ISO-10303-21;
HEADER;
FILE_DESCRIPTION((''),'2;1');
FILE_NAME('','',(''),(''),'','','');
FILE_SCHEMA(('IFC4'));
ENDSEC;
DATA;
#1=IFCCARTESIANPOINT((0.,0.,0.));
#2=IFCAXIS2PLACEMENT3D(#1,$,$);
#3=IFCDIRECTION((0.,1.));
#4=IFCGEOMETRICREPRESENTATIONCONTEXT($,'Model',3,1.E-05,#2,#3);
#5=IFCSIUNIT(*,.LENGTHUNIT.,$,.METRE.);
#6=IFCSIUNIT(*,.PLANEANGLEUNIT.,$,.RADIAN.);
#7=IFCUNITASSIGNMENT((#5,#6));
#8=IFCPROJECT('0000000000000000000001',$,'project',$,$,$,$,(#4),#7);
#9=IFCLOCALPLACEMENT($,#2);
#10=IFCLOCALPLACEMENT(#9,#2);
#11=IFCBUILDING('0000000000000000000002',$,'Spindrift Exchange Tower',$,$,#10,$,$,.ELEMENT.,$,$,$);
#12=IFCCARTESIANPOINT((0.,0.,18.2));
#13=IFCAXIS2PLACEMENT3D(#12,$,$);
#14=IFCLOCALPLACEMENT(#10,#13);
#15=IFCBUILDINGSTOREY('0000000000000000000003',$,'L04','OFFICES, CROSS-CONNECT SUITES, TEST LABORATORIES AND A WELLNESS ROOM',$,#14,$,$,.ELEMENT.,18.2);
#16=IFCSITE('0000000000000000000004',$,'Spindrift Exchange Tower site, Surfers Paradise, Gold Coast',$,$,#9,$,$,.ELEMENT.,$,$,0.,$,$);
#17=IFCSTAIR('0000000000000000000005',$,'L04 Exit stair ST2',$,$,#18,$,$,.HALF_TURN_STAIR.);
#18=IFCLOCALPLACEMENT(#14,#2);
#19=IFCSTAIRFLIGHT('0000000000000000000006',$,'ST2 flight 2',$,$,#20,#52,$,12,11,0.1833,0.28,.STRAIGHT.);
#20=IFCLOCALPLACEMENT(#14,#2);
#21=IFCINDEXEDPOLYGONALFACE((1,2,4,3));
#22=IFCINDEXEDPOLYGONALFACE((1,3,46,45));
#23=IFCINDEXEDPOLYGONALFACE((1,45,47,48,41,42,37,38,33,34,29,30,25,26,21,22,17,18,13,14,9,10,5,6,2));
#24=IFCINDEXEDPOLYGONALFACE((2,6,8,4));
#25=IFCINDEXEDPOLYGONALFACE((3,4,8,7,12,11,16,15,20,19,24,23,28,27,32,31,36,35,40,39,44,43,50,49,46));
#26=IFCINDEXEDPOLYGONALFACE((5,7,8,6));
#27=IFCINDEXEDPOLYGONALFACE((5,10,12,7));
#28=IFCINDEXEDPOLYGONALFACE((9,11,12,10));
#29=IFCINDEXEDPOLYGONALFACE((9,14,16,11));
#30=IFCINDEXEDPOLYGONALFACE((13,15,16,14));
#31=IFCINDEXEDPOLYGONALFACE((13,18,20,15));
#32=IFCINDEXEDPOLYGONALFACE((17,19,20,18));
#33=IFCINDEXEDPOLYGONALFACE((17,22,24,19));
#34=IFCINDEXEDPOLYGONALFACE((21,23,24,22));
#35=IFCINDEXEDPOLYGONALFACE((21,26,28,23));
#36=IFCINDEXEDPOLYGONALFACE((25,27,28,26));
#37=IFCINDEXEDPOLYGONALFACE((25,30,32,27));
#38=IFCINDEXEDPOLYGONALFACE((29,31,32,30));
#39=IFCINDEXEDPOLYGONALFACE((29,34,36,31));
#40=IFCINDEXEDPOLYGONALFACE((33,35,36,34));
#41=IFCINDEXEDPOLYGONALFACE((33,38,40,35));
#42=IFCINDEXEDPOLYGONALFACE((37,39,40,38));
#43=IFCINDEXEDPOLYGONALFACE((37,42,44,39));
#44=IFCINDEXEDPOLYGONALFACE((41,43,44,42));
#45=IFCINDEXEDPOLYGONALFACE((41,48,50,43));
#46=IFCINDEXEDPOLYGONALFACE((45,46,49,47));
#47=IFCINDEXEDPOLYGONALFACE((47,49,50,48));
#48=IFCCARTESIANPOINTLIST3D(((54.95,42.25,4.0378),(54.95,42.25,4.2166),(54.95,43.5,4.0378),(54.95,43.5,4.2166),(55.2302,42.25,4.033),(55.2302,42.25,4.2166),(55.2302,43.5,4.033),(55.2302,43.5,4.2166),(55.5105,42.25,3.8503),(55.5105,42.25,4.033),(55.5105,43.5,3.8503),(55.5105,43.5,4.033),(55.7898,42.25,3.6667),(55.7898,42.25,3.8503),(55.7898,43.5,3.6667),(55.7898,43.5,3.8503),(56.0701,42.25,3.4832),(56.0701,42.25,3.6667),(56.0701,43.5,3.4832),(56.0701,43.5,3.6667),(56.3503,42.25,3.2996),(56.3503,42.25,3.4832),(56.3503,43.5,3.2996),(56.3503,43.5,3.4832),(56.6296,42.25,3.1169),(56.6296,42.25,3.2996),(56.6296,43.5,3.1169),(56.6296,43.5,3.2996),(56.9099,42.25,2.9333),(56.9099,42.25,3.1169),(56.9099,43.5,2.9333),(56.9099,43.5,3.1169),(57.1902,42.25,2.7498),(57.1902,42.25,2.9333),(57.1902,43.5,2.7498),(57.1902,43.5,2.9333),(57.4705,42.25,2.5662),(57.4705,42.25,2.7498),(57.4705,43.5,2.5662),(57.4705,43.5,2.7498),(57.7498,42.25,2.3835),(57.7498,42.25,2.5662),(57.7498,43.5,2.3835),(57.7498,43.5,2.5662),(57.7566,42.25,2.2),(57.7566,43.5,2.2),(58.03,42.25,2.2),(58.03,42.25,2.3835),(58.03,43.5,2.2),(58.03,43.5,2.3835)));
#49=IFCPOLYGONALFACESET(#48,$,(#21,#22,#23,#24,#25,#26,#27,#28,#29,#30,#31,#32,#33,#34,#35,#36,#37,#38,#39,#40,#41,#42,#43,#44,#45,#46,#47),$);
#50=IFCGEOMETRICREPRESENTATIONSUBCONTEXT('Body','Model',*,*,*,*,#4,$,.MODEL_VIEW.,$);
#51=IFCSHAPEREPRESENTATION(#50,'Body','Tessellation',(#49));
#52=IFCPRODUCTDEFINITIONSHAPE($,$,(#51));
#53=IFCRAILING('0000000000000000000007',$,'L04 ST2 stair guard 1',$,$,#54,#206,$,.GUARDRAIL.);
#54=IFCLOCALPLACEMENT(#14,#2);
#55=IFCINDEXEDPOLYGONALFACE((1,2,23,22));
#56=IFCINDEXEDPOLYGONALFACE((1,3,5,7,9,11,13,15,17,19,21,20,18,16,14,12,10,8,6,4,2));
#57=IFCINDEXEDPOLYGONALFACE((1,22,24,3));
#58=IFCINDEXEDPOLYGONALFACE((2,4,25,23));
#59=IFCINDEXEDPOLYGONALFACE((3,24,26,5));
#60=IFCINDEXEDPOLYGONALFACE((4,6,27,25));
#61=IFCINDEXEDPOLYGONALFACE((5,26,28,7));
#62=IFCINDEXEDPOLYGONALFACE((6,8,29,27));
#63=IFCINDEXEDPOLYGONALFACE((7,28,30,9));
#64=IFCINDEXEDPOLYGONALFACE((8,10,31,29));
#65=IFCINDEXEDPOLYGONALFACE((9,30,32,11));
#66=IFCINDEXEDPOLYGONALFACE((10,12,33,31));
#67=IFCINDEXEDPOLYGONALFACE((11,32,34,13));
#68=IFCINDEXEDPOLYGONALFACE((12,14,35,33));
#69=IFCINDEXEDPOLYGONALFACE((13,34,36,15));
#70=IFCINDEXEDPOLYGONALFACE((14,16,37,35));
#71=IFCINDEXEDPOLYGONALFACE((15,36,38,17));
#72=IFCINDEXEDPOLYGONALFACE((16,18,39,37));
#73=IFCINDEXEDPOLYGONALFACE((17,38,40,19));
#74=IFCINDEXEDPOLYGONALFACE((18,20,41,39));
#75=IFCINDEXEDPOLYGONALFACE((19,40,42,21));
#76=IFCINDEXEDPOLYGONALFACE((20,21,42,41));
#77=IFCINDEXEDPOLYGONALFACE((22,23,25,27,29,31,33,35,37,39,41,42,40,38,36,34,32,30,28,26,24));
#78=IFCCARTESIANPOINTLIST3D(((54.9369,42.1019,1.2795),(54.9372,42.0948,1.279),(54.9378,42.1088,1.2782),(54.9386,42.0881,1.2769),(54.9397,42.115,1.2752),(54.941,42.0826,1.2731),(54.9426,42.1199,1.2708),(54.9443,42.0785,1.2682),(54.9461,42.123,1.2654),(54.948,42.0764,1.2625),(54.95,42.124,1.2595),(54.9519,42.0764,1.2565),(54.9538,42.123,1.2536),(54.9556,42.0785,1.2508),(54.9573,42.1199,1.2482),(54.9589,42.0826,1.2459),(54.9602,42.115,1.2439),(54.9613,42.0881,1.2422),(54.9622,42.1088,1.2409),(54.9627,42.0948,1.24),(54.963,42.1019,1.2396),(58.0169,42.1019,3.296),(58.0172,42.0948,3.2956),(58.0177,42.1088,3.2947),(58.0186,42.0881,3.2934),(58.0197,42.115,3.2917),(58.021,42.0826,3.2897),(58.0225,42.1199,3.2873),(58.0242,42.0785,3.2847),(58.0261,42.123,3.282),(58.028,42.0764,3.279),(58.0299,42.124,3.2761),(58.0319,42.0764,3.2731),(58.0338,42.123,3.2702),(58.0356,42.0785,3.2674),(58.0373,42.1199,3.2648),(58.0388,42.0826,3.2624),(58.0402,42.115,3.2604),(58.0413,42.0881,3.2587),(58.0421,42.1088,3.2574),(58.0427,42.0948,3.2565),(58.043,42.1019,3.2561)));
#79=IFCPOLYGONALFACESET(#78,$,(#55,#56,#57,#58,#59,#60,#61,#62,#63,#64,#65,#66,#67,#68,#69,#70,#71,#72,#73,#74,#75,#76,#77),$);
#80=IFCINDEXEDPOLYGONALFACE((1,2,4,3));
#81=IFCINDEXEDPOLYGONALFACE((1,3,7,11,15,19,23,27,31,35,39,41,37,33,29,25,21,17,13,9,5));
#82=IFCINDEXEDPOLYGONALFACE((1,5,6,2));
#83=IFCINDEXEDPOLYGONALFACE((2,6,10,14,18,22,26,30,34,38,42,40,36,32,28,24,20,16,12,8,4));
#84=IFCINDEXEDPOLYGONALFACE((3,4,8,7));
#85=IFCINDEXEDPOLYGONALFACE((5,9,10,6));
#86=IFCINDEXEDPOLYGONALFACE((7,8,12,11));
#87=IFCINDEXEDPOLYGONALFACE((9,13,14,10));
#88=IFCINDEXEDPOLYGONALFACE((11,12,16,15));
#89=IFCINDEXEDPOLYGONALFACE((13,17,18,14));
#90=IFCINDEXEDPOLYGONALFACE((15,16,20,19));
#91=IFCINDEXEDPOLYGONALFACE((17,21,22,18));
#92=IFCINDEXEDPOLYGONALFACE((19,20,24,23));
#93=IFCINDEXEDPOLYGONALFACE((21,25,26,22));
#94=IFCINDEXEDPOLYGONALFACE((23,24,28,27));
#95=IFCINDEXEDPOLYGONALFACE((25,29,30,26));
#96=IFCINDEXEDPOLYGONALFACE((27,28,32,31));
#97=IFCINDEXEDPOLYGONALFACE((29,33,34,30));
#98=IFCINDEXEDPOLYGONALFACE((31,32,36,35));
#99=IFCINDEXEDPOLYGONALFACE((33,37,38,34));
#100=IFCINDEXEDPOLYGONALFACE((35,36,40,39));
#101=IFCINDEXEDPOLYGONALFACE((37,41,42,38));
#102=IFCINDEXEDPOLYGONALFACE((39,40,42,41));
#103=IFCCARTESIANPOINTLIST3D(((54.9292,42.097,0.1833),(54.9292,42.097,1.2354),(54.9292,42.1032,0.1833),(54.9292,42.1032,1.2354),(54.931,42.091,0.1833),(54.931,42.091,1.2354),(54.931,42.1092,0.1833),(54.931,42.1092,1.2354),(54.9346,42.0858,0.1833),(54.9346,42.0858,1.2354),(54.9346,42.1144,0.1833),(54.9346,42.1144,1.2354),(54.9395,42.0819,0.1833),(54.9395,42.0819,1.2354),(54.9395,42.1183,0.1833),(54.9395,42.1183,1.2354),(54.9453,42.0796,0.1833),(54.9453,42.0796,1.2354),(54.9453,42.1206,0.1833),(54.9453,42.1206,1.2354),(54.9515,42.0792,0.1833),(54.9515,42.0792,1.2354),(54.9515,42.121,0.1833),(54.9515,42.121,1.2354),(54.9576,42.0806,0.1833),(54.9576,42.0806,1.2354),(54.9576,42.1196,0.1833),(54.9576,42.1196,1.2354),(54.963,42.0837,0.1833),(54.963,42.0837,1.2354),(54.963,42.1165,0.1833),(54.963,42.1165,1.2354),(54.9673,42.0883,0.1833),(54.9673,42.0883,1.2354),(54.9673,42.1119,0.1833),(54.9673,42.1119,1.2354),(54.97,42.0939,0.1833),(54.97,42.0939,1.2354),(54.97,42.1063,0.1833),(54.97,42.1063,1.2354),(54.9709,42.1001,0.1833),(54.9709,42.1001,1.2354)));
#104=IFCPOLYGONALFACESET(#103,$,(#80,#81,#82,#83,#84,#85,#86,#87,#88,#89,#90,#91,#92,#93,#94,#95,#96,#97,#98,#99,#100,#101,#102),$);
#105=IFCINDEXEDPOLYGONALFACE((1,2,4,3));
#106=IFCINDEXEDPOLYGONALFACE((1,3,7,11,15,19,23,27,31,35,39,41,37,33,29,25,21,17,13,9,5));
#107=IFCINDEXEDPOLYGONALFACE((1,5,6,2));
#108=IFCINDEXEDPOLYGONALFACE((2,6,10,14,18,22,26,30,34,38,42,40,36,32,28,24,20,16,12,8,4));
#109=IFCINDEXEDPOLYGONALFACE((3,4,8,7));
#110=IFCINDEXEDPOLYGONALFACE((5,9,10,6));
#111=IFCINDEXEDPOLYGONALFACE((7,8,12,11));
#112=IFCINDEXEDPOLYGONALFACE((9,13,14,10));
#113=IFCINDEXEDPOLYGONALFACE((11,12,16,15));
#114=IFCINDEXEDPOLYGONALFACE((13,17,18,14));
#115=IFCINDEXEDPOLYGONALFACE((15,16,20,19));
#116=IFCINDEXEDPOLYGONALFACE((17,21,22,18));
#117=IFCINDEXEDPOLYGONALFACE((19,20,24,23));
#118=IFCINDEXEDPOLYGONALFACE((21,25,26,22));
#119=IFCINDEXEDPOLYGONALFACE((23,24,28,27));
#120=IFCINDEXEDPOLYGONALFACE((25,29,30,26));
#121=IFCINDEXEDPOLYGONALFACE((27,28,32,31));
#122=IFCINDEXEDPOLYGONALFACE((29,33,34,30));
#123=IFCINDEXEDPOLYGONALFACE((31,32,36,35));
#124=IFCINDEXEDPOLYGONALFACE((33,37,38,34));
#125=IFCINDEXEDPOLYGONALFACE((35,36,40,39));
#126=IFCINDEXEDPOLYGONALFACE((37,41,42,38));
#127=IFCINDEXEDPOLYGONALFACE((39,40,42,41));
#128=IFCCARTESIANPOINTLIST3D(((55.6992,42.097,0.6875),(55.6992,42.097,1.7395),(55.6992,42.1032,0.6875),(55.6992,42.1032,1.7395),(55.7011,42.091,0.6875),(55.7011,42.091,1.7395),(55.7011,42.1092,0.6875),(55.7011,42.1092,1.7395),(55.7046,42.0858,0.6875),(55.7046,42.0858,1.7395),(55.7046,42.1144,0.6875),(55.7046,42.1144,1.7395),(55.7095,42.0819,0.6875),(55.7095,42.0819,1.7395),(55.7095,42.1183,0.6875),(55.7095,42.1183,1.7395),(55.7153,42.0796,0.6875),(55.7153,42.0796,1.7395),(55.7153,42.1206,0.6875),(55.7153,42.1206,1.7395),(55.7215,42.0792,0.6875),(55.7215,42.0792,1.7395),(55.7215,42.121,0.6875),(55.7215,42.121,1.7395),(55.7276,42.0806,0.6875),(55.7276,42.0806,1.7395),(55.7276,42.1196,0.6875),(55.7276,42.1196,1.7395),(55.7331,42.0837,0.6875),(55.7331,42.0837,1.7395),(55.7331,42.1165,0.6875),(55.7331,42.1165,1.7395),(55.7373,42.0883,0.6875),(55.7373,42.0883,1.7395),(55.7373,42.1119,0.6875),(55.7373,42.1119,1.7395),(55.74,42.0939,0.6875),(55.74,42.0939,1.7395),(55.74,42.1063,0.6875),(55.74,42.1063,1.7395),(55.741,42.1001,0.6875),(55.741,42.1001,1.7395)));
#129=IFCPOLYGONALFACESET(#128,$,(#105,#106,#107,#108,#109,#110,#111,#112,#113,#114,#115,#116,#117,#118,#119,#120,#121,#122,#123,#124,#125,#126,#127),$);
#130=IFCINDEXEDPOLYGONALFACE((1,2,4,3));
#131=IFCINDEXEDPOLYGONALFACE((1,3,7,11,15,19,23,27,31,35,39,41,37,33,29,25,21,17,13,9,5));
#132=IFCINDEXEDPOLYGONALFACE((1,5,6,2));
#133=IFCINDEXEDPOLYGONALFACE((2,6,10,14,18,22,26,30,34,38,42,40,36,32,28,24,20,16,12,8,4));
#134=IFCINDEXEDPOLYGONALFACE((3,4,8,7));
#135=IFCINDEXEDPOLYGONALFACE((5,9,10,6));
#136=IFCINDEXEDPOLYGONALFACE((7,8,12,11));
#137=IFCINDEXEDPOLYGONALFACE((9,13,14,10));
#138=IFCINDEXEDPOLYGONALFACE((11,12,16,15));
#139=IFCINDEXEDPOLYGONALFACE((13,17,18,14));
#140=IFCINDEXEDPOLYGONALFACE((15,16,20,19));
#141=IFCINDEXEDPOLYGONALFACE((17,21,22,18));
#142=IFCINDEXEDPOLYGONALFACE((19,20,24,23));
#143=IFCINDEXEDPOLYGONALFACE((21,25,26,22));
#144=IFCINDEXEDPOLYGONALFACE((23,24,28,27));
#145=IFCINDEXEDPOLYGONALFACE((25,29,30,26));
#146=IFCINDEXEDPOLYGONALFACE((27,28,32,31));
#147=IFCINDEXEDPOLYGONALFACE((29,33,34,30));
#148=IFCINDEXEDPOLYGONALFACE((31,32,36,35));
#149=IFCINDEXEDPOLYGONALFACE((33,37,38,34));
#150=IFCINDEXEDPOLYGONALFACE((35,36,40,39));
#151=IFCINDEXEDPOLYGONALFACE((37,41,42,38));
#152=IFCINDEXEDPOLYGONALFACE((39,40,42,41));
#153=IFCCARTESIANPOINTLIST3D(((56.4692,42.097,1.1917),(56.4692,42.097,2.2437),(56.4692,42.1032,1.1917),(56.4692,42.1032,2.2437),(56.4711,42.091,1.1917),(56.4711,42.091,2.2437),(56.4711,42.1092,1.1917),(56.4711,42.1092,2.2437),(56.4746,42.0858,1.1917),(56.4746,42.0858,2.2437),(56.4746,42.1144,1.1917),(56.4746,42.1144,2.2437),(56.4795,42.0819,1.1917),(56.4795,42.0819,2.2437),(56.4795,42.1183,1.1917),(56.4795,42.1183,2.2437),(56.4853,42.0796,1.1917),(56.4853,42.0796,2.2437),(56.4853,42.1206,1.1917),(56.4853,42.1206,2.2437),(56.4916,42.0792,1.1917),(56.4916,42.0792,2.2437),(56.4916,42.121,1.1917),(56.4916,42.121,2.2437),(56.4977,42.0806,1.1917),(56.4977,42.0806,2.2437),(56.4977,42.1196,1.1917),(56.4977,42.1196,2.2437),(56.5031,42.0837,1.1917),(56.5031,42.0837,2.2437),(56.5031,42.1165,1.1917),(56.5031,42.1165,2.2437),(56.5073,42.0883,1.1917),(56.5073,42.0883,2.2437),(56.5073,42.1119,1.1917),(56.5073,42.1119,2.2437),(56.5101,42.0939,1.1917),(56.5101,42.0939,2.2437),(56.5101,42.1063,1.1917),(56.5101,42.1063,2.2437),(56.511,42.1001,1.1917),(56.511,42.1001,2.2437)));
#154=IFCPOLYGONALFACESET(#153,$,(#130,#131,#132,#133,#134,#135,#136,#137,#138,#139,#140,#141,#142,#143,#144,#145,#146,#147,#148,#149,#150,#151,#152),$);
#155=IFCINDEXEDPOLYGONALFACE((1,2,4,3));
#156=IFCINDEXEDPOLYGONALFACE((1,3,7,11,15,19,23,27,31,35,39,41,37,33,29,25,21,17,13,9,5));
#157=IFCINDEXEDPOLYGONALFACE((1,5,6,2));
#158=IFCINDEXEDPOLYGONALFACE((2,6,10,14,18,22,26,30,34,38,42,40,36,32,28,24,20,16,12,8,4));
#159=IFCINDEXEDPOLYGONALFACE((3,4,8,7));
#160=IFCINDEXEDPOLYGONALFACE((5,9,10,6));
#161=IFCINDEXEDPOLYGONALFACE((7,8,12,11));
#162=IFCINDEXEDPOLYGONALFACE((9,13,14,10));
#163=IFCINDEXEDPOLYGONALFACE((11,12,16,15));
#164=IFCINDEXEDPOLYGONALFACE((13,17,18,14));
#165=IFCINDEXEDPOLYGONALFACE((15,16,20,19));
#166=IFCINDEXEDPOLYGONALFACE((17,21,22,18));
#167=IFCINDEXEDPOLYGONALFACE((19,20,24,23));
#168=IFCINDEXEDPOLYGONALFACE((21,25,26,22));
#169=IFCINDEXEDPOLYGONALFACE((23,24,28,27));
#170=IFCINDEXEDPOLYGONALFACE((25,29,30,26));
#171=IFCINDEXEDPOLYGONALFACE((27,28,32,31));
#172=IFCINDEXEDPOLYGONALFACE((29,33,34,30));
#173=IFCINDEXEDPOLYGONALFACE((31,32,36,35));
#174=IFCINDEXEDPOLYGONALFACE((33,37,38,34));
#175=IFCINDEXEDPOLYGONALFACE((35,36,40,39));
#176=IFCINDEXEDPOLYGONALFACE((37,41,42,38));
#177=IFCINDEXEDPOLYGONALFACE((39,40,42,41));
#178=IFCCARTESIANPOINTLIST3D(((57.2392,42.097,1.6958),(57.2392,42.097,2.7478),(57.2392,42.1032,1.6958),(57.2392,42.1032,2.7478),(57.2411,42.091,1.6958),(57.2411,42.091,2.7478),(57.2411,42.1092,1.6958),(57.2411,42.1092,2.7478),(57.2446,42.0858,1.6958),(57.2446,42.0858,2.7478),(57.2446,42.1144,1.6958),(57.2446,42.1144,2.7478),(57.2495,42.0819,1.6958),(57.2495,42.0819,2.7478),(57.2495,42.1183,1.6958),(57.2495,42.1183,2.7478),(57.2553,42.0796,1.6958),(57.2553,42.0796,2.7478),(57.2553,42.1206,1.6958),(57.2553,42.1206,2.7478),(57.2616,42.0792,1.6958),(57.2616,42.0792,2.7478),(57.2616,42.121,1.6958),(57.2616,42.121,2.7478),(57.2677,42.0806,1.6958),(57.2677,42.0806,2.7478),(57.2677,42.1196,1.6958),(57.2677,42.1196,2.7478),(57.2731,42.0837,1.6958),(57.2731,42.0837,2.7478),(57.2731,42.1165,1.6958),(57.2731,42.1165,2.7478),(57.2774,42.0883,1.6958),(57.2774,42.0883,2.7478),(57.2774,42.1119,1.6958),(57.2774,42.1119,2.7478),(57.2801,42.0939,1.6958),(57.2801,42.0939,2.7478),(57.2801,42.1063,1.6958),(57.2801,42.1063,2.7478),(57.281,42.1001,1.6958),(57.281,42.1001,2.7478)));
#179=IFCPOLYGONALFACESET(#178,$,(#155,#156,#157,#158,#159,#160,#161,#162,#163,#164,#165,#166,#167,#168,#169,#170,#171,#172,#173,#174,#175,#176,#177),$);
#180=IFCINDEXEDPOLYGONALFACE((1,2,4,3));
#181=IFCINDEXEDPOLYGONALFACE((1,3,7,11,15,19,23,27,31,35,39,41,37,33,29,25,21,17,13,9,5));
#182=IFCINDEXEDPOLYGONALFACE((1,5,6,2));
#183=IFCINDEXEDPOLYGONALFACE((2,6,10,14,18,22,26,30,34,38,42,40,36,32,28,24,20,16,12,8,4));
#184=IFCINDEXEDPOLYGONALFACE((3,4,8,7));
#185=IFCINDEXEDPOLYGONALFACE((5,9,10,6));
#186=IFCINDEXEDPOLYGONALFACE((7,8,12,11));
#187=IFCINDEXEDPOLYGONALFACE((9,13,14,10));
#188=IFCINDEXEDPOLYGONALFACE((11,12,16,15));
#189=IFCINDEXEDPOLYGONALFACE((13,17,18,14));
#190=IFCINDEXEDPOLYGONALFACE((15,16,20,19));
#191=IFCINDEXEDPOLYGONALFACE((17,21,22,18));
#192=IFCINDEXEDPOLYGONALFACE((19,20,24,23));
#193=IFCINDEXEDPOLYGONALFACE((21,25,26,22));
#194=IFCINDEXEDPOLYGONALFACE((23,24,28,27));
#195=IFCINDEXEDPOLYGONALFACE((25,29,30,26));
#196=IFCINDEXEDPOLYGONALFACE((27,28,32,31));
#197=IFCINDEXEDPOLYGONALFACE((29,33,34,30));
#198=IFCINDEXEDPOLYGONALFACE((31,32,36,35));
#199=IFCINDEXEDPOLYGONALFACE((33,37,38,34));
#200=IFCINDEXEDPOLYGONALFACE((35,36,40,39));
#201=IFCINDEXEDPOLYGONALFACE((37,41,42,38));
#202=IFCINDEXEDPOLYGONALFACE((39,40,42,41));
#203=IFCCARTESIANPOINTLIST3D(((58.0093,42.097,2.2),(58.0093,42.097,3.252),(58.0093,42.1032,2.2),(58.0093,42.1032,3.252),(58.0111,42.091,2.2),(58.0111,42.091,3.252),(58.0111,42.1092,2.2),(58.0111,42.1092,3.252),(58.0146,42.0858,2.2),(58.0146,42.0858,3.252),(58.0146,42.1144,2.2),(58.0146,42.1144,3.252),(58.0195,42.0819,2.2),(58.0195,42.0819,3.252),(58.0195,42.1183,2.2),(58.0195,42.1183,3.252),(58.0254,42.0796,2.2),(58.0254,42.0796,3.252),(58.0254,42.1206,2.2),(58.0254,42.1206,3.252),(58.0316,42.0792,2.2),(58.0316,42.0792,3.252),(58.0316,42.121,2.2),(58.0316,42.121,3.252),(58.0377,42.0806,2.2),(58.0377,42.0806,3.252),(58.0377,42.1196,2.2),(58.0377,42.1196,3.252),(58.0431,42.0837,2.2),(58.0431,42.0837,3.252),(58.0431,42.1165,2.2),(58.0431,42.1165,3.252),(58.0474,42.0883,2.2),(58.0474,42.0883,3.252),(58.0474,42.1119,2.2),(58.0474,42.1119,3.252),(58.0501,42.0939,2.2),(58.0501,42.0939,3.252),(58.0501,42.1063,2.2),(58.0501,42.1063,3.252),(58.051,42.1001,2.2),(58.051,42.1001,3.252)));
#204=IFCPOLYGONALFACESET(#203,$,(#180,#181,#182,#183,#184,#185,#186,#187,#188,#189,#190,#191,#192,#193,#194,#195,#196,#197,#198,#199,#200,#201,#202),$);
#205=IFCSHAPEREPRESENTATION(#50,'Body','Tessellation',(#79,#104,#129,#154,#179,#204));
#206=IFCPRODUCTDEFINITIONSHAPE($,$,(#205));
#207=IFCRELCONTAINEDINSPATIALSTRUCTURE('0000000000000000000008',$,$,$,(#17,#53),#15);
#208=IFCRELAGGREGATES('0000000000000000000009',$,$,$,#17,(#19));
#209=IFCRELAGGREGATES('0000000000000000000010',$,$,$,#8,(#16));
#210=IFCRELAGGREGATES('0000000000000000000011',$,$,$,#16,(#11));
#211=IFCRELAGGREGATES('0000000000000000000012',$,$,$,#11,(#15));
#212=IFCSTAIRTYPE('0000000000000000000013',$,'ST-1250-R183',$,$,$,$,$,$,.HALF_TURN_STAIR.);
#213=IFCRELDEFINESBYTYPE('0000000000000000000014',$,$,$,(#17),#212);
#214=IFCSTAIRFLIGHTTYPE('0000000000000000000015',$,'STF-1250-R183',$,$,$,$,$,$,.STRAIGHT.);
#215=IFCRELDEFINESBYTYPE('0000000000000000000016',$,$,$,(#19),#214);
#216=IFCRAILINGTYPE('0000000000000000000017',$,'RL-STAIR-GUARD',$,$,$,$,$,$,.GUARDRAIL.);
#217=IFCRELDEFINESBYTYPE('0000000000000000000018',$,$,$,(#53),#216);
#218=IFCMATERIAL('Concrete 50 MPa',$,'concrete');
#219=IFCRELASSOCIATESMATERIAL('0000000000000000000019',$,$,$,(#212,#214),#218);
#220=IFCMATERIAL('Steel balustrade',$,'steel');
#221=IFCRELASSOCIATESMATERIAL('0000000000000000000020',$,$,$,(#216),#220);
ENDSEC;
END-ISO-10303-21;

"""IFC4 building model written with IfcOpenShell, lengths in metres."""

from ifc_helpers import new_model, si_unit, direction, frame, origin, origin_2d, place, context, subcontext, project, spatial, line, indexed_curve, circle, outline, extrude, material, type_object, element, aggregate, save


model = new_model("IFC4")

# Units and contexts
model_context = context("Model", 3, precision=1e-05, world=origin(), true_north=direction((0.0, 1.0)))
body_context = subcontext(model_context, "Body", "Model", "MODEL_VIEW")
ifc_project = project(units=[si_unit("LENGTHUNIT", "METRE"), si_unit("PLANEANGLEUNIT", "RADIAN")], contexts=[model_context])

# Site, building, storey
site_placement = place(None, origin())
site = spatial("IfcSite", under=ifc_project, at=site_placement, Name="Spindrift Exchange Tower site, Surfers Paradise, Gold Coast", CompositionType="ELEMENT", RefElevation=0.0)
building_placement = place(site_placement, origin())
building = spatial("IfcBuilding", under=site, at=building_placement, Name="Spindrift Exchange Tower", CompositionType="ELEMENT")
storey_placement = place(building_placement, frame((0.0, 0.0, 18.2)))
storey = spatial("IfcBuildingStorey", under=building, at=storey_placement, Name="L04", Description="OFFICES, CROSS-CONNECT SUITES, TEST LABORATORIES AND A WELLNESS ROOM", CompositionType="ELEMENT", Elevation=18.2)

# Stair, stair flight
ifc_material_1 = material(Name="Concrete 50 MPa", Category="concrete")
stair_type = type_object("IfcStairType", Name="ST-1250-R183", PredefinedType="HALF_TURN_STAIR", material=ifc_material_1)
stair_placement = place(storey_placement, origin())
stair = element("IfcStair", 1, at=stair_placement, inside=storey, type_object=stair_type, Name="L04 Exit stair ST2", PredefinedType="HALF_TURN_STAIR")
stair_flight_type = type_object("IfcStairFlightType", Name="STF-1250-R183", PredefinedType="STRAIGHT", material=ifc_material_1)
stair_flight_placement = place(storey_placement, frame((58.03, 42.875, 2.2), z_axis=(0.0, 0.0, 1.0), x_axis=(-1.0, 0.0, 0.0)))
stair_flight = element("IfcStairFlight", 2, at=stair_flight_placement, type_object=stair_flight_type, Name="ST2 flight 2", NumberOfRisers=12, NumberOfTreads=11, PredefinedType="STRAIGHT", RiserHeight=0.1833, TreadLength=0.28, context=body_context, shape_type="SweptSolid", body=[
    extrude(outline(indexed_curve([(0.0, 0.0), (0.0, 0.1836), (0.2803, 0.1836), (0.2803, 0.3662), (0.5596, 0.3662), (0.5596, 0.5498), (0.8398, 0.5498), (0.8398, 0.7334), (1.1201, 0.7334), (1.1201, 0.917), (1.4004, 0.917), (1.4004, 1.0996), (1.6797, 1.0996), (1.6797, 1.2832), (1.96, 1.2832), (1.96, 1.4668), (2.2402, 1.4668), (2.2402, 1.6504), (2.5195, 1.6504), (2.5195, 1.833), (2.7998, 1.833), (2.7998, 2.0166), (3.0801, 2.0166), (3.0801, 2.2002), (3.0801, 1.8379), (0.2734, 0.0)], segments=[line(1, 2, 3, 4, 5, 6, 7, 8, 9, 10, 11, 12, 13, 14, 15, 16, 17, 18, 19, 20, 21, 22, 23, 24, 25, 26, 1)], self_intersect=False)), frame((0.0, 0.625, 0.0), z_axis=(0.0, -1.0, 0.0), x_axis=(1.0, 0.0, 0.0)), (0.0, 0.0, 1.0), 1.25),
])
aggregate(stair, [stair_flight])

# Railing
ifc_material_2 = material(Name="Steel balustrade", Category="steel")
railing_type_1 = type_object("IfcRailingType", Name="RL-STAIR-GUARD", PredefinedType="GUARDRAIL", material=ifc_material_2)
railing_1_placement = place(storey_placement, frame((54.95, 42.1001, 0.1833)))
element("IfcRailing", 3, at=railing_1_placement, inside=storey, type_object=railing_type_1, Name="L04 ST2 stair guard 1", PredefinedType="GUARDRAIL", context=body_context, shape_type="SweptSolid", body=[
    extrude(circle(Radius=0.0239, at=origin_2d()), frame((0.0, 0.0, 1.0762), z_axis=(0.836633, 0.0, 0.547764), x_axis=(0.0, 1.0, 0.0)), (0.0, 0.0, 1.0), 3.6814),
    extrude(circle(Radius=0.021, at=origin_2d()), origin(), (0.0, 0.0, 1.0), 1.052),
    extrude(circle(Radius=0.021, at=origin_2d()), frame((0.77, 0.0, 0.5042)), (0.0, 0.0, 1.0), 1.052),
    extrude(circle(Radius=0.021, at=origin_2d()), frame((1.54, 0.0, 1.0083)), (0.0, 0.0, 1.0), 1.052),
    extrude(circle(Radius=0.021, at=origin_2d()), frame((2.3101, 0.0, 1.5125)), (0.0, 0.0, 1.0), 1.052),
    extrude(circle(Radius=0.021, at=origin_2d()), frame((3.0801, 0.0, 2.0166)), (0.0, 0.0, 1.0), 1.052),
])

save(model, "model.ifc")
